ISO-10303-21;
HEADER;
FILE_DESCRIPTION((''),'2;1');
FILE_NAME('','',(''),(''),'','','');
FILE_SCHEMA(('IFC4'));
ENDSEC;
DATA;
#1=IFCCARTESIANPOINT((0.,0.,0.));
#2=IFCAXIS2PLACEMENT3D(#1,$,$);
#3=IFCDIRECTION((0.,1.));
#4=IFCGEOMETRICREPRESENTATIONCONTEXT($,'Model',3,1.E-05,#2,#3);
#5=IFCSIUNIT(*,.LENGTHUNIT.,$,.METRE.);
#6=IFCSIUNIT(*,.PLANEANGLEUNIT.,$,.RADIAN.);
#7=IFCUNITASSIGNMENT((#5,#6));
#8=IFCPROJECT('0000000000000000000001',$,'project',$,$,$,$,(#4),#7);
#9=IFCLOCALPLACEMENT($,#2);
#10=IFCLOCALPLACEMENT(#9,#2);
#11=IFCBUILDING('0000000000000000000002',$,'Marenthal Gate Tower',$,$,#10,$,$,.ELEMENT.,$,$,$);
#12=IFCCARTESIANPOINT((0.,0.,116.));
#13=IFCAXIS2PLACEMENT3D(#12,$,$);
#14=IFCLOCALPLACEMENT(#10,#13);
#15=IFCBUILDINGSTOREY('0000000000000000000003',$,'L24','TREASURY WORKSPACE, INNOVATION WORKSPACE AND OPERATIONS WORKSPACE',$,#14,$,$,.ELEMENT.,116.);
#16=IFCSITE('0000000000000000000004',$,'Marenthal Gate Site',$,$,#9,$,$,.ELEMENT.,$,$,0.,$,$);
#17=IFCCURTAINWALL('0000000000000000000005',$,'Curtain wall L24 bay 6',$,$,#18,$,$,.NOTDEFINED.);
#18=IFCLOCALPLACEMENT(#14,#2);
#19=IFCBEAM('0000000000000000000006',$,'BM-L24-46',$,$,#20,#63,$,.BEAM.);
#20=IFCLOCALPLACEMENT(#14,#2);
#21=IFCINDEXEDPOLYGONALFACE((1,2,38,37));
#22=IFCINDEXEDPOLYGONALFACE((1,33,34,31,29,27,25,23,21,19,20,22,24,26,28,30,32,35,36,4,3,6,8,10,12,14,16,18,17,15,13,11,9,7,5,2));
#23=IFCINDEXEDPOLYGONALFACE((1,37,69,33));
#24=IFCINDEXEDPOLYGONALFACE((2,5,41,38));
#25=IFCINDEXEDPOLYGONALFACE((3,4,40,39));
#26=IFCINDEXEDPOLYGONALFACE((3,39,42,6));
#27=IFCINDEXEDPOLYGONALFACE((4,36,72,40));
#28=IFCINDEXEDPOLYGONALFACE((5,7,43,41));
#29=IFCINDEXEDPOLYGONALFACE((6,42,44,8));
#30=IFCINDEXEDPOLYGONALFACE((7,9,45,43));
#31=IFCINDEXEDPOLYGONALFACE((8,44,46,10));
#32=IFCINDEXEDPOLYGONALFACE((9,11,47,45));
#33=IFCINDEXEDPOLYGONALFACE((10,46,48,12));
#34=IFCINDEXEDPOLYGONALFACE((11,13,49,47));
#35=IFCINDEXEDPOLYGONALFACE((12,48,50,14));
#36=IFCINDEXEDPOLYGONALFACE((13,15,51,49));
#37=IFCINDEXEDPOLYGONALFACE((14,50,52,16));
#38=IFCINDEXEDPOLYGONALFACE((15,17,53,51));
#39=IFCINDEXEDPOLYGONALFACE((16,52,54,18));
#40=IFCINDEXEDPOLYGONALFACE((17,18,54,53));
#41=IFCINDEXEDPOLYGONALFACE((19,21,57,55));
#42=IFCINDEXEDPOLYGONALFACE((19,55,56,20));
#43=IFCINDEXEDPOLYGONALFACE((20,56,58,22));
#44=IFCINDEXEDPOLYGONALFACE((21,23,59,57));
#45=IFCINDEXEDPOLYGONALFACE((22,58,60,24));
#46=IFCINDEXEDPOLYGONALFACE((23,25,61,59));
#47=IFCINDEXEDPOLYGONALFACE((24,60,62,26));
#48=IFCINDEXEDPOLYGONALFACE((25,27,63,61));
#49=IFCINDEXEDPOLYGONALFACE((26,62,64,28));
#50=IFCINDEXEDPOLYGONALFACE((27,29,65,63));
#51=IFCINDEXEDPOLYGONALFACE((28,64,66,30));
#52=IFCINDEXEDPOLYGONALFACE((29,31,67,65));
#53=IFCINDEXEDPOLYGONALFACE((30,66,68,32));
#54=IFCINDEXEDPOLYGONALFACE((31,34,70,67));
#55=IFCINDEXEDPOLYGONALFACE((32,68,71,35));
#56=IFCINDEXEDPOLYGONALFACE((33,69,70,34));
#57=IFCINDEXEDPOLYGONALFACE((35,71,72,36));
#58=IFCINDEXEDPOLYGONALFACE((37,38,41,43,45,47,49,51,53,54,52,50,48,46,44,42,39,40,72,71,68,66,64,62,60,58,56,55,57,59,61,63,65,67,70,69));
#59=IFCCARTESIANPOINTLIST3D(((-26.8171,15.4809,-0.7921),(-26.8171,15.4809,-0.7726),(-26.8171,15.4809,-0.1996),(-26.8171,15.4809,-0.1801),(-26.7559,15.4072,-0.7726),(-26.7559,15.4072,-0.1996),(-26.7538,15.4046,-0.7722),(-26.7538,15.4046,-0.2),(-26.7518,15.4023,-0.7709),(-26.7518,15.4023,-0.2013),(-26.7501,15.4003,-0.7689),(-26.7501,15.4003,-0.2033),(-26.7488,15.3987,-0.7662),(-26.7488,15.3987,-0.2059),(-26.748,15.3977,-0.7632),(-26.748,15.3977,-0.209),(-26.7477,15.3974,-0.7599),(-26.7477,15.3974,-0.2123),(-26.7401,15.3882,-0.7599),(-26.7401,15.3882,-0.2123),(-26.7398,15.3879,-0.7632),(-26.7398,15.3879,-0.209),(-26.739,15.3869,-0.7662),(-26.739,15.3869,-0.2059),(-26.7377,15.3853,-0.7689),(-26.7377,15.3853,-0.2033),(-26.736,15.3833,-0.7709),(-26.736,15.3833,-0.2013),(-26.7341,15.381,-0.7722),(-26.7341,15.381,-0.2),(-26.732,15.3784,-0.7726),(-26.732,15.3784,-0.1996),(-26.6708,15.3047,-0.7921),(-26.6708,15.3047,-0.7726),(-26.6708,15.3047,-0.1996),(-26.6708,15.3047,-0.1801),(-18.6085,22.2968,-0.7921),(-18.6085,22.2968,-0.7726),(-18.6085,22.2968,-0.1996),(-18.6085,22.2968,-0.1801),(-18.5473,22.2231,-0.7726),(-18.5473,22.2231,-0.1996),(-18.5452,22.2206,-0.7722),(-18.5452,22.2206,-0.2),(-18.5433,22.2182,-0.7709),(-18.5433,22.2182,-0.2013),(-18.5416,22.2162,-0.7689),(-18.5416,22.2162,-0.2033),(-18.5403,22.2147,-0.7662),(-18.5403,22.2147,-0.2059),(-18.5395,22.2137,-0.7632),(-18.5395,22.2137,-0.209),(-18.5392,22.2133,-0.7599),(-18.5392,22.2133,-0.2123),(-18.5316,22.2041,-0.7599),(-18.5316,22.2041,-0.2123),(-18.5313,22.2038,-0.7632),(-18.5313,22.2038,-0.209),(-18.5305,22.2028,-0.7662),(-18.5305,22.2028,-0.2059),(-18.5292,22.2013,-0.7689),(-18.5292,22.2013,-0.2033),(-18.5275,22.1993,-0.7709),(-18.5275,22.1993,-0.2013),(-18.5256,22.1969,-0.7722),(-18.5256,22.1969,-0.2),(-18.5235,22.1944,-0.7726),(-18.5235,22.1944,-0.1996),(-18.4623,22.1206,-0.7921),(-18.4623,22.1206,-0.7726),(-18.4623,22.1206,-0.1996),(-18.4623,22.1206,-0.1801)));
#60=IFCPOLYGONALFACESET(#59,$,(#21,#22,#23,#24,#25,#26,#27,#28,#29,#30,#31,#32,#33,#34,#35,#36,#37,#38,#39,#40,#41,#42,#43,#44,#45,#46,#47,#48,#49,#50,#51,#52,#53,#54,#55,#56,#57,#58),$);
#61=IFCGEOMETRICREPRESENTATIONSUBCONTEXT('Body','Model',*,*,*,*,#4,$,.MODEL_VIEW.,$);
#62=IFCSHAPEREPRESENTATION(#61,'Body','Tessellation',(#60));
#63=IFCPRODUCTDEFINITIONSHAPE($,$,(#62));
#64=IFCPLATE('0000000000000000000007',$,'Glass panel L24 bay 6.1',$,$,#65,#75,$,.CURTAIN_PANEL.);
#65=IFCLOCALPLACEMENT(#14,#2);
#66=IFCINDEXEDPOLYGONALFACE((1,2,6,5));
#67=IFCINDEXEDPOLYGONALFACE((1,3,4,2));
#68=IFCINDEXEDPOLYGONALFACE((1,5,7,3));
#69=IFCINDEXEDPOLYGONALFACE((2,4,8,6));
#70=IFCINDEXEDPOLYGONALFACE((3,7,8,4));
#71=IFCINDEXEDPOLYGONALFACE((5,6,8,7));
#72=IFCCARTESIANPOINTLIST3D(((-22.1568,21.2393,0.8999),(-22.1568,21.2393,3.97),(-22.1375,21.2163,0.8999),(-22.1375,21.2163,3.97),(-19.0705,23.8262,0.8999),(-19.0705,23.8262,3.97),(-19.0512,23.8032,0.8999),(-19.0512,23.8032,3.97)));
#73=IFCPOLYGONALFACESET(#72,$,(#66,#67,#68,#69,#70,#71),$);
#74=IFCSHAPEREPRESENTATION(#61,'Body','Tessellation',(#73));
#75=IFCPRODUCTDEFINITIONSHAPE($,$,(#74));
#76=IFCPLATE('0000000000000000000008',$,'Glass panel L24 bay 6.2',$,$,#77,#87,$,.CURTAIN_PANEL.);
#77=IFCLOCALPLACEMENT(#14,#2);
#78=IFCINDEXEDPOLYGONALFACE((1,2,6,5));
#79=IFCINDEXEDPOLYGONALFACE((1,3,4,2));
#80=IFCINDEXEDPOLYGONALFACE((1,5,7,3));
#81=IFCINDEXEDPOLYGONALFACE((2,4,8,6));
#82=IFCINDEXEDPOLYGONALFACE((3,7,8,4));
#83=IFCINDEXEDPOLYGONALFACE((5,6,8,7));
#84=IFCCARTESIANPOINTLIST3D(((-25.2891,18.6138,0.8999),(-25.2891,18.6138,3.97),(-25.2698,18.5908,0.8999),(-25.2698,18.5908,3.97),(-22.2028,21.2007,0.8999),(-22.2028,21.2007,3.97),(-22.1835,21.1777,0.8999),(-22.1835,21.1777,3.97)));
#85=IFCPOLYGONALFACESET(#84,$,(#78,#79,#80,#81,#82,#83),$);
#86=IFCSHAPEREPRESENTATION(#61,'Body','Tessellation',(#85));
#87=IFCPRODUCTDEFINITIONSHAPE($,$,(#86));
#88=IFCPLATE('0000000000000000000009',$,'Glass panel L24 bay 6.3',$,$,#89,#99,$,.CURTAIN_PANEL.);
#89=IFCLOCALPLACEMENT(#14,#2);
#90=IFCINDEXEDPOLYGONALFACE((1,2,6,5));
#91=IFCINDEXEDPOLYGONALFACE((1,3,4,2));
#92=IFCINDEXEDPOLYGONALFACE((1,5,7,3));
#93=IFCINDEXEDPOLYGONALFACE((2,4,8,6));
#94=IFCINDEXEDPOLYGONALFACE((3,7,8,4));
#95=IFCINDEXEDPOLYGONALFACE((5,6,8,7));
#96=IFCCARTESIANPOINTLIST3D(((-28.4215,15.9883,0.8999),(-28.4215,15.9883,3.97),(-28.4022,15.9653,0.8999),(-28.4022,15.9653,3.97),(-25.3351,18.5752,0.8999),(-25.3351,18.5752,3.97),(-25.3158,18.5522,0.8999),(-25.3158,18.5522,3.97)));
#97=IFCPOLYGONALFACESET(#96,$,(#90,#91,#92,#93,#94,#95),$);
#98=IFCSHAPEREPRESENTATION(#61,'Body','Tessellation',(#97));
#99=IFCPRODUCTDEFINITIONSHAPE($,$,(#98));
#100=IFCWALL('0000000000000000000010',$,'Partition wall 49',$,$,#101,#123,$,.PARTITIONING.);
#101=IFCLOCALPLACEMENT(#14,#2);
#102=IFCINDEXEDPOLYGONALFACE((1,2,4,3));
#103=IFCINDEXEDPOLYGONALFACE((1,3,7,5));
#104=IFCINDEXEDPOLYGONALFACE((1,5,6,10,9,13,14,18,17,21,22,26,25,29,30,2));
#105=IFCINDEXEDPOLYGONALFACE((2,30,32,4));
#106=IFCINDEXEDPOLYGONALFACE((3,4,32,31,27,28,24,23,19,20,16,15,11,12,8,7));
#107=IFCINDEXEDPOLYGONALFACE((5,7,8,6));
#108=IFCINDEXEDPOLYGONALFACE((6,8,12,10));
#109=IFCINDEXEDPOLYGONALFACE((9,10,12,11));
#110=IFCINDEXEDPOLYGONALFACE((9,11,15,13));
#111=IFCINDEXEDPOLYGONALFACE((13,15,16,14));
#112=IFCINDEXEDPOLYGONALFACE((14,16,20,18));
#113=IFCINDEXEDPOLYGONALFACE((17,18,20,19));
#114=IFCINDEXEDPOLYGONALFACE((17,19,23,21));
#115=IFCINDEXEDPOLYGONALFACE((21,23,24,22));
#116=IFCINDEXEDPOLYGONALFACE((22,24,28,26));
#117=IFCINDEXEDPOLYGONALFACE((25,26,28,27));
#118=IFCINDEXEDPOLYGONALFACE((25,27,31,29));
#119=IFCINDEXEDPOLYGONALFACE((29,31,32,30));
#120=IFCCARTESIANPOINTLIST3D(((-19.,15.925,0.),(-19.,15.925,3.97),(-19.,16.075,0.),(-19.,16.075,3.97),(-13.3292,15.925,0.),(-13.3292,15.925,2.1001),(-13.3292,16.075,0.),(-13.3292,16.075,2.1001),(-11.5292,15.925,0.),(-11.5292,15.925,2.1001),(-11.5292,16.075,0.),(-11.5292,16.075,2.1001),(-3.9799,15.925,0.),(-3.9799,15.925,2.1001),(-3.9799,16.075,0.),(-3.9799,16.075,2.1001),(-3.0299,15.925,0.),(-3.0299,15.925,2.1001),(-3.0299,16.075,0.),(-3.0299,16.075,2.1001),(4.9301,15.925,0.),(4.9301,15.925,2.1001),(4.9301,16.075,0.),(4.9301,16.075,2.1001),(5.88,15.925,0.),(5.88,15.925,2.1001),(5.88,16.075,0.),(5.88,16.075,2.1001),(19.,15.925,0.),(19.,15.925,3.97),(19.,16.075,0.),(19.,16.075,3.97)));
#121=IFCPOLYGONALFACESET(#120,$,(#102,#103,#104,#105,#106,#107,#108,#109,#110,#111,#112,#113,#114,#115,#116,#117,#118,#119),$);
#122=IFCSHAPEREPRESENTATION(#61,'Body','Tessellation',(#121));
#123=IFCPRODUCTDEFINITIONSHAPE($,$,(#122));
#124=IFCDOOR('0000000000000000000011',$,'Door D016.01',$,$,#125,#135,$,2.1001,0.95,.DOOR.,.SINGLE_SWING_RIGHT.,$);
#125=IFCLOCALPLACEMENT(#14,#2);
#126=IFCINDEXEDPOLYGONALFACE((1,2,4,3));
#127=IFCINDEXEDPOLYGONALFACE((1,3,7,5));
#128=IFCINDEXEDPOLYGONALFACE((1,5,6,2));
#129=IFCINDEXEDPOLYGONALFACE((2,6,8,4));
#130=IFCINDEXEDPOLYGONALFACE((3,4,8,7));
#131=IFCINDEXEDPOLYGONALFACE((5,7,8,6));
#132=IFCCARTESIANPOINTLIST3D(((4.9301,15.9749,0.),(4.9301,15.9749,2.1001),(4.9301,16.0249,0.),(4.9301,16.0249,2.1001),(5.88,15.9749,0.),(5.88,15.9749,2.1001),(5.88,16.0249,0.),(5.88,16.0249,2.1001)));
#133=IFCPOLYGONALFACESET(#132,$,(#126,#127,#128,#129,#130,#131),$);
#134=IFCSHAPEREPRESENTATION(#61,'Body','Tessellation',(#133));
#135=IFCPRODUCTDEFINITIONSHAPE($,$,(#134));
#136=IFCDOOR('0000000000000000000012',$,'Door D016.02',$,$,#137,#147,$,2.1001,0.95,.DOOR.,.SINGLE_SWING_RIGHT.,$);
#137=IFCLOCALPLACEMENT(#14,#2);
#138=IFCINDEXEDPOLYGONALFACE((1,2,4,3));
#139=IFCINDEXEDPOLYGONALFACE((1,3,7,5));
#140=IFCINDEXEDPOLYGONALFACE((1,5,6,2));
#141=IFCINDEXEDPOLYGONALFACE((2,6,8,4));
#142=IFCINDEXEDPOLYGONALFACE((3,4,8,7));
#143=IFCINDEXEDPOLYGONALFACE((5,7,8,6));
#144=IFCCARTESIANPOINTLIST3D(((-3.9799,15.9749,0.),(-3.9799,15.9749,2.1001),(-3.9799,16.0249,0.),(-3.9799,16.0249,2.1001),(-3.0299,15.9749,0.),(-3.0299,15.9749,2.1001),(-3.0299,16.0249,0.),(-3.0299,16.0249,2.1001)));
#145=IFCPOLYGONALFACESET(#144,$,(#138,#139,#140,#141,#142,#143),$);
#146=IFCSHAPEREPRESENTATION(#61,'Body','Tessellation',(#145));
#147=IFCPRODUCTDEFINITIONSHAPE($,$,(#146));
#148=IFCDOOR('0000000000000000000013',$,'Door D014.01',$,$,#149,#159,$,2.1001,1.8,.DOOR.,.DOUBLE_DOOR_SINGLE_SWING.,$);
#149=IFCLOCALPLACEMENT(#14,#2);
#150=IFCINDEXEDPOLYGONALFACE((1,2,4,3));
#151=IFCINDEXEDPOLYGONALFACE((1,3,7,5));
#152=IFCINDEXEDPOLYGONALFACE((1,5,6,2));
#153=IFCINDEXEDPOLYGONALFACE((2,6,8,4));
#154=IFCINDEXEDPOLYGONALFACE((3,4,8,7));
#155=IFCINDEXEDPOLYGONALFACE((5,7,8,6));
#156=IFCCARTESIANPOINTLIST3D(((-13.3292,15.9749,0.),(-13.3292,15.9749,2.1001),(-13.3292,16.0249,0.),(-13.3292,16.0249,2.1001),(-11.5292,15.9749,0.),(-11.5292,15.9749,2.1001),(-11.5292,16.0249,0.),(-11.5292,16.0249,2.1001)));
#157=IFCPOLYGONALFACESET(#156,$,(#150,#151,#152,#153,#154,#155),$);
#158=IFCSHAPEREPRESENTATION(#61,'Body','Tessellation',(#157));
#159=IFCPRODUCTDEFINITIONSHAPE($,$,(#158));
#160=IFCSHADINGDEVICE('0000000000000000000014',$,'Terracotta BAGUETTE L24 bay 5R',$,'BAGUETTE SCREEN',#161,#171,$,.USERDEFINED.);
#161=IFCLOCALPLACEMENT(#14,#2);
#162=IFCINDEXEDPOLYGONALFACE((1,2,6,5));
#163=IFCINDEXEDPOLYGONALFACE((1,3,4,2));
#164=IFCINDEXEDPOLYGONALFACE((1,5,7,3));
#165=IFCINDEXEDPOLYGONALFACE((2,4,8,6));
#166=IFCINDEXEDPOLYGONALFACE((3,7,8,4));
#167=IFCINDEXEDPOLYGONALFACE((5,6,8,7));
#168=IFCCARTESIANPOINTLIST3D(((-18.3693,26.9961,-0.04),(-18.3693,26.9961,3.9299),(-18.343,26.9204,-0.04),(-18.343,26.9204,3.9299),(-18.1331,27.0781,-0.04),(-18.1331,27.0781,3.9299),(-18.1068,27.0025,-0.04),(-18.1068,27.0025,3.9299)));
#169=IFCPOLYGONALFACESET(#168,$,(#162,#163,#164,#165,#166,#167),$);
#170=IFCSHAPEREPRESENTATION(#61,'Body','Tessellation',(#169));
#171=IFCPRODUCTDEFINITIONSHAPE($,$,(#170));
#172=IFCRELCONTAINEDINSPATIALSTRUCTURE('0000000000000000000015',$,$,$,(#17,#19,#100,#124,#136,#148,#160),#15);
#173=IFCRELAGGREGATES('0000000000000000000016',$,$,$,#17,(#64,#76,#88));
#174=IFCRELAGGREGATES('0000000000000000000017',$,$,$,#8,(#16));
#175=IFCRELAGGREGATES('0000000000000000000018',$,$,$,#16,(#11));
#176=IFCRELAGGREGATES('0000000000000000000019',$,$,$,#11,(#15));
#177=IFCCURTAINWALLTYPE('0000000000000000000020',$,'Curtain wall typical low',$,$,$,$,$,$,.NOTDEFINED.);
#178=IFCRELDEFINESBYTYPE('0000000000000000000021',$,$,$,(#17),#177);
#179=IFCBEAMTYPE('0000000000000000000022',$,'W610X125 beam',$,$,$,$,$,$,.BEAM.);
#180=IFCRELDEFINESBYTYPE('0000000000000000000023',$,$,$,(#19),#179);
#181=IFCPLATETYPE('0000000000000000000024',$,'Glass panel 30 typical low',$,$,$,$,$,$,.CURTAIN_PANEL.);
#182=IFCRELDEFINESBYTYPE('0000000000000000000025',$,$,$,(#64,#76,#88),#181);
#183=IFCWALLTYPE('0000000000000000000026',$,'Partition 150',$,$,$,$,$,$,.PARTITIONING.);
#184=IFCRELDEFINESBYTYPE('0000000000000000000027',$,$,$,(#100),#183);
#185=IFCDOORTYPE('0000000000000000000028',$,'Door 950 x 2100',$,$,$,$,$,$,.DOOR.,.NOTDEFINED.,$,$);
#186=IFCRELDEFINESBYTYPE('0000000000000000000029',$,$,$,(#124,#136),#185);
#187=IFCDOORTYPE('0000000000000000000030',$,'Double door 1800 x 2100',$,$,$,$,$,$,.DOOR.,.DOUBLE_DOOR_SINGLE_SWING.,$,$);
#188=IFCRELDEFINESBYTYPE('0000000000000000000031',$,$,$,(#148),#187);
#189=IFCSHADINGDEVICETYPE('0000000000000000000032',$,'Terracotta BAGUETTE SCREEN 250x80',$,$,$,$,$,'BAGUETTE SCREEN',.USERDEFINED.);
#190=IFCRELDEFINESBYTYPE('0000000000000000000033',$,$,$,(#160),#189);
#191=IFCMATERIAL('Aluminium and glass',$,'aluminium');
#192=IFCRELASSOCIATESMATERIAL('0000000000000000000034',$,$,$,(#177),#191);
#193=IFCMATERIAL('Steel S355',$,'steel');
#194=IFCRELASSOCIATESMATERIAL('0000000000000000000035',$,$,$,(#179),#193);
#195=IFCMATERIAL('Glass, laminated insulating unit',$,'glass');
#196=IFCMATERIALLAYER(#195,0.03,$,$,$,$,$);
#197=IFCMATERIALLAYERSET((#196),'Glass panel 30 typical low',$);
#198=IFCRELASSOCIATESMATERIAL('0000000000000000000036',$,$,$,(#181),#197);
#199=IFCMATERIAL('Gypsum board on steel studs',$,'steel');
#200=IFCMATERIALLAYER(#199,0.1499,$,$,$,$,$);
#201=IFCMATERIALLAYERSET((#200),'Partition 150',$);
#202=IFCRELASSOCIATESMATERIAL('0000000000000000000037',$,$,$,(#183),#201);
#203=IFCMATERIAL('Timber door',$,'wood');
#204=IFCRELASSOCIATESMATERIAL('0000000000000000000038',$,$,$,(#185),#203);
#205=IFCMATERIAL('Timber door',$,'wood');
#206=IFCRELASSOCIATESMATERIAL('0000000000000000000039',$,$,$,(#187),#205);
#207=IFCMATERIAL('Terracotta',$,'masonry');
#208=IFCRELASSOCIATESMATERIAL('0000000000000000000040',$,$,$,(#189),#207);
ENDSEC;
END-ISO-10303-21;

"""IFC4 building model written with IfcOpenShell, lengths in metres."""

from ifc_helpers import new_model, si_unit, direction, frame, frame_2d, origin, origin_2d, place, context, subcontext, project, spatial, rectangle, i_section, extrude, material, layer, layer_set, material_profile, profile_set, type_object, element, fill, aggregate, save


model = new_model("IFC4")

# Units and contexts
model_context = context("Model", 3, precision=1e-05, world=origin(), true_north=direction((0.0, 1.0)))
body_context = subcontext(model_context, "Body", "Model", "MODEL_VIEW")
ifc_project = project(units=[si_unit("LENGTHUNIT", "METRE"), si_unit("PLANEANGLEUNIT", "RADIAN")], contexts=[model_context])

# Site, building, storey
site_placement = place(None, origin())
site = spatial("IfcSite", under=ifc_project, at=site_placement, Name="Marenthal Gate Site", CompositionType="ELEMENT", RefElevation=0.0)
building_placement = place(site_placement, origin())
building = spatial("IfcBuilding", under=site, at=building_placement, Name="Marenthal Gate Tower", CompositionType="ELEMENT")
storey_placement = place(building_placement, frame((0.0, 0.0, 116.0)))
storey = spatial("IfcBuildingStorey", under=building, at=storey_placement, Name="L24", Description="TREASURY WORKSPACE, INNOVATION WORKSPACE AND OPERATIONS WORKSPACE", CompositionType="ELEMENT", Elevation=116.0)

# Curtain wall
ifc_material_1 = material(Name="Aluminium and glass", Category="aluminium")
curtain_wall_type = type_object("IfcCurtainWallType", Name="Curtain wall typical low", PredefinedType="NOTDEFINED", material=ifc_material_1)
curtain_wall_placement = place(storey_placement, origin())
curtain_wall = element("IfcCurtainWall", 1, at=curtain_wall_placement, inside=storey, type_object=curtain_wall_type, Name="Curtain wall L24 bay 6", PredefinedType="NOTDEFINED")

# Beam
ifc_material_2 = material(Name="Steel S355", Category="steel")
ifc_material_profile_1 = material_profile(ifc_material_2, i_section(OverallWidth=0.229, OverallDepth=0.6121, WebThickness=0.012, FlangeThickness=0.0195, FilletRadius=0.0127, at=origin_2d()), Name="W610X125")
ifc_profile_set_1 = profile_set([ifc_material_profile_1], Name="Steel S355")
beam_type_1 = type_object("IfcBeamType", Name="W610X125 beam", PredefinedType="BEAM", material=ifc_profile_set_1)
beam_1_placement = place(storey_placement, frame((-18.5354, 22.2087, -0.4861), z_axis=(-0.769349, -0.638828, 0.0), x_axis=(0.638828, -0.769349, 0.0)))
element("IfcBeam", 2, at=beam_1_placement, inside=storey, type_object=beam_type_1, Name="BM-L24-46", PredefinedType="BEAM", context=body_context, shape_type="SweptSolid", body=[
    extrude(i_section(OverallWidth=0.229, OverallDepth=0.6121, WebThickness=0.012, FlangeThickness=0.0195, FilletRadius=0.0127, at=origin_2d()), origin(), (0.0, 0.0, 1.0), 10.6694),
])

# Plates
ifc_material_3 = material(Name="Glass, laminated insulating unit", Category="glass")
ifc_layer_1 = layer(ifc_material_3, 0.03)
ifc_layer_set_1 = layer_set([ifc_layer_1], Name="Glass panel 30 typical low")
plate_type = type_object("IfcPlateType", Name="Glass panel 30 typical low", PredefinedType="CURTAIN_PANEL", material=ifc_layer_set_1)
plate_1_placement = place(storey_placement, frame((-20.604, 22.5212, 0.8999), z_axis=(0.0, 0.0, 1.0), x_axis=(-0.766389, -0.642377, 0.0)))
plate_1 = element("IfcPlate", 3, at=plate_1_placement, type_object=plate_type, Name="Glass panel L24 bay 6.1", PredefinedType="CURTAIN_PANEL", context=body_context, shape_type="SweptSolid", body=[
    extrude(rectangle(XDim=4.0271, YDim=0.03, at=origin_2d()), origin(), (0.0, 0.0, 1.0), 3.0701),
])
plate_2_placement = place(storey_placement, frame((-23.7363, 19.8958, 0.8999), z_axis=(0.0, 0.0, 1.0), x_axis=(-0.766389, -0.642377, 0.0)))
plate_2 = element("IfcPlate", 4, at=plate_2_placement, type_object=plate_type, Name="Glass panel L24 bay 6.2", PredefinedType="CURTAIN_PANEL", context=body_context, shape_type="SweptSolid", body=[
    extrude(rectangle(XDim=4.0271, YDim=0.03, at=origin_2d()), origin(), (0.0, 0.0, 1.0), 3.0701),
])
plate_3_placement = place(storey_placement, frame((-26.8687, 17.2703, 0.8999), z_axis=(0.0, 0.0, 1.0), x_axis=(-0.766389, -0.642377, 0.0)))
plate_3 = element("IfcPlate", 5, at=plate_3_placement, type_object=plate_type, Name="Glass panel L24 bay 6.3", PredefinedType="CURTAIN_PANEL", context=body_context, shape_type="SweptSolid", body=[
    extrude(rectangle(XDim=4.0271, YDim=0.03, at=origin_2d()), origin(), (0.0, 0.0, 1.0), 3.0701),
])
aggregate(curtain_wall, [plate_1, plate_2, plate_3])

# Wall, openings, doors
ifc_material_4 = material(Name="Gypsum board on steel studs", Category="steel")
ifc_layer_2 = layer(ifc_material_4, 0.1499)
ifc_layer_set_2 = layer_set([ifc_layer_2], Name="Partition 150")
wall_type_1 = type_object("IfcWallType", Name="Partition 150", PredefinedType="PARTITIONING", material=ifc_layer_set_2)
wall_1_placement = place(storey_placement, frame((-19.0, 16.0, 0.0), z_axis=(0.0, 0.0, 1.0), x_axis=(1.0, 0.0, 0.0)))
wall_1 = element("IfcWall", 6, at=wall_1_placement, inside=storey, type_object=wall_type_1, Name="Partition wall 49", PredefinedType="PARTITIONING", context=body_context, shape_type="SweptSolid", body=[
    extrude(rectangle(XDim=38.0, YDim=0.1499, at=frame_2d((19.0, 0.0))), origin(), (0.0, 0.0, 1.0), 3.97),
])
opening_1_placement = place(wall_1_placement, frame((23.9299, 0.0, 0.0)))
opening_1 = element("IfcOpeningElement", 7, at=opening_1_placement, cuts=wall_1, PredefinedType="OPENING", context=body_context, shape_type="SweptSolid", body=[
    extrude(rectangle(XDim=0.95, YDim=2.1001, at=frame_2d((0.4751, 1.05))), frame((0.0, 0.085, 0.0), z_axis=(0.0, -1.0, 0.0), x_axis=(1.0, 0.0, 0.0)), (0.0, 0.0, 1.0), 0.1699),
])
opening_2_placement = place(wall_1_placement, frame((15.02, 0.0, 0.0)))
opening_2 = element("IfcOpeningElement", 8, at=opening_2_placement, cuts=wall_1, PredefinedType="OPENING", context=body_context, shape_type="SweptSolid", body=[
    extrude(rectangle(XDim=0.95, YDim=2.1001, at=frame_2d((0.4751, 1.05))), frame((0.0, 0.085, 0.0), z_axis=(0.0, -1.0, 0.0), x_axis=(1.0, 0.0, 0.0)), (0.0, 0.0, 1.0), 0.1699),
])
opening_3_placement = place(wall_1_placement, frame((5.6709, 0.0, 0.0)))
opening_3 = element("IfcOpeningElement", 9, at=opening_3_placement, cuts=wall_1, PredefinedType="OPENING", context=body_context, shape_type="SweptSolid", body=[
    extrude(rectangle(XDim=1.8, YDim=2.1001, at=frame_2d((0.8999, 1.05))), frame((0.0, 0.085, 0.0), z_axis=(0.0, -1.0, 0.0), x_axis=(1.0, 0.0, 0.0)), (0.0, 0.0, 1.0), 0.1699),
])
ifc_material_5 = material(Name="Timber door", Category="wood")
door_type_1 = type_object("IfcDoorType", Name="Door 950 x 2100", OperationType="NOTDEFINED", PredefinedType="DOOR", material=ifc_material_5)
door_1_placement = place(opening_1_placement, origin())
door_1 = element("IfcDoor", 10, at=door_1_placement, inside=storey, type_object=door_type_1, Name="Door D016.01", OperationType="SINGLE_SWING_RIGHT", OverallHeight=2.1001, OverallWidth=0.95, PredefinedType="DOOR", context=body_context, shape_type="SweptSolid", body=[
    extrude(rectangle(XDim=0.95, YDim=2.1001, at=frame_2d((0.4751, 1.05))), frame((0.0, 0.0249, 0.0), z_axis=(0.0, -1.0, 0.0), x_axis=(1.0, 0.0, 0.0)), (0.0, 0.0, 1.0), 0.05),
])
fill(opening_1, door_1)
door_2_placement = place(opening_2_placement, origin())
door_2 = element("IfcDoor", 11, at=door_2_placement, inside=storey, type_object=door_type_1, Name="Door D016.02", OperationType="SINGLE_SWING_RIGHT", OverallHeight=2.1001, OverallWidth=0.95, PredefinedType="DOOR", context=body_context, shape_type="SweptSolid", body=[
    extrude(rectangle(XDim=0.95, YDim=2.1001, at=frame_2d((0.4751, 1.05))), frame((0.0, 0.0249, 0.0), z_axis=(0.0, -1.0, 0.0), x_axis=(1.0, 0.0, 0.0)), (0.0, 0.0, 1.0), 0.05),
])
fill(opening_2, door_2)
ifc_material_6 = material(Name="Timber door", Category="wood")
door_type_2 = type_object("IfcDoorType", Name="Double door 1800 x 2100", OperationType="DOUBLE_DOOR_SINGLE_SWING", PredefinedType="DOOR", material=ifc_material_6)
door_3_placement = place(opening_3_placement, origin())
door_3 = element("IfcDoor", 12, at=door_3_placement, inside=storey, type_object=door_type_2, Name="Door D014.01", OperationType="DOUBLE_DOOR_SINGLE_SWING", OverallHeight=2.1001, OverallWidth=1.8, PredefinedType="DOOR", context=body_context, shape_type="SweptSolid", body=[
    extrude(rectangle(XDim=1.8, YDim=2.1001, at=frame_2d((0.8999, 1.05))), frame((0.0, 0.0249, 0.0), z_axis=(0.0, -1.0, 0.0), x_axis=(1.0, 0.0, 0.0)), (0.0, 0.0, 1.0), 0.05),
])
fill(opening_3, door_3)

# Shading device
ifc_material_7 = material(Name="Terracotta", Category="masonry")
ifc_material_profile_2 = material_profile(ifc_material_7, rectangle(XDim=0.25, YDim=0.0801, at=origin_2d()), Name="Terracotta baguette 250x80")
ifc_profile_set_2 = profile_set([ifc_material_profile_2], Name="Terracotta")
shading_device_type = type_object("IfcShadingDeviceType", Name="Terracotta BAGUETTE SCREEN 250x80", ElementType="BAGUETTE SCREEN", PredefinedType="USERDEFINED", material=ifc_profile_set_2)
shading_device_placement = place(storey_placement, frame((-18.238, 26.9993, -0.04), z_axis=(0.0, 0.0, 1.0), x_axis=(-0.944597, -0.328231, 0.0)))
element("IfcShadingDevice", 13, at=shading_device_placement, inside=storey, type_object=shading_device_type, Name="Terracotta BAGUETTE L24 bay 5R", ObjectType="BAGUETTE SCREEN", PredefinedType="USERDEFINED", context=body_context, shape_type="SweptSolid", body=[
    extrude(rectangle(XDim=0.25, YDim=0.0801, at=origin_2d()), origin(), (0.0, 0.0, 1.0), 3.97),
])

save(model, "model.ifc")
